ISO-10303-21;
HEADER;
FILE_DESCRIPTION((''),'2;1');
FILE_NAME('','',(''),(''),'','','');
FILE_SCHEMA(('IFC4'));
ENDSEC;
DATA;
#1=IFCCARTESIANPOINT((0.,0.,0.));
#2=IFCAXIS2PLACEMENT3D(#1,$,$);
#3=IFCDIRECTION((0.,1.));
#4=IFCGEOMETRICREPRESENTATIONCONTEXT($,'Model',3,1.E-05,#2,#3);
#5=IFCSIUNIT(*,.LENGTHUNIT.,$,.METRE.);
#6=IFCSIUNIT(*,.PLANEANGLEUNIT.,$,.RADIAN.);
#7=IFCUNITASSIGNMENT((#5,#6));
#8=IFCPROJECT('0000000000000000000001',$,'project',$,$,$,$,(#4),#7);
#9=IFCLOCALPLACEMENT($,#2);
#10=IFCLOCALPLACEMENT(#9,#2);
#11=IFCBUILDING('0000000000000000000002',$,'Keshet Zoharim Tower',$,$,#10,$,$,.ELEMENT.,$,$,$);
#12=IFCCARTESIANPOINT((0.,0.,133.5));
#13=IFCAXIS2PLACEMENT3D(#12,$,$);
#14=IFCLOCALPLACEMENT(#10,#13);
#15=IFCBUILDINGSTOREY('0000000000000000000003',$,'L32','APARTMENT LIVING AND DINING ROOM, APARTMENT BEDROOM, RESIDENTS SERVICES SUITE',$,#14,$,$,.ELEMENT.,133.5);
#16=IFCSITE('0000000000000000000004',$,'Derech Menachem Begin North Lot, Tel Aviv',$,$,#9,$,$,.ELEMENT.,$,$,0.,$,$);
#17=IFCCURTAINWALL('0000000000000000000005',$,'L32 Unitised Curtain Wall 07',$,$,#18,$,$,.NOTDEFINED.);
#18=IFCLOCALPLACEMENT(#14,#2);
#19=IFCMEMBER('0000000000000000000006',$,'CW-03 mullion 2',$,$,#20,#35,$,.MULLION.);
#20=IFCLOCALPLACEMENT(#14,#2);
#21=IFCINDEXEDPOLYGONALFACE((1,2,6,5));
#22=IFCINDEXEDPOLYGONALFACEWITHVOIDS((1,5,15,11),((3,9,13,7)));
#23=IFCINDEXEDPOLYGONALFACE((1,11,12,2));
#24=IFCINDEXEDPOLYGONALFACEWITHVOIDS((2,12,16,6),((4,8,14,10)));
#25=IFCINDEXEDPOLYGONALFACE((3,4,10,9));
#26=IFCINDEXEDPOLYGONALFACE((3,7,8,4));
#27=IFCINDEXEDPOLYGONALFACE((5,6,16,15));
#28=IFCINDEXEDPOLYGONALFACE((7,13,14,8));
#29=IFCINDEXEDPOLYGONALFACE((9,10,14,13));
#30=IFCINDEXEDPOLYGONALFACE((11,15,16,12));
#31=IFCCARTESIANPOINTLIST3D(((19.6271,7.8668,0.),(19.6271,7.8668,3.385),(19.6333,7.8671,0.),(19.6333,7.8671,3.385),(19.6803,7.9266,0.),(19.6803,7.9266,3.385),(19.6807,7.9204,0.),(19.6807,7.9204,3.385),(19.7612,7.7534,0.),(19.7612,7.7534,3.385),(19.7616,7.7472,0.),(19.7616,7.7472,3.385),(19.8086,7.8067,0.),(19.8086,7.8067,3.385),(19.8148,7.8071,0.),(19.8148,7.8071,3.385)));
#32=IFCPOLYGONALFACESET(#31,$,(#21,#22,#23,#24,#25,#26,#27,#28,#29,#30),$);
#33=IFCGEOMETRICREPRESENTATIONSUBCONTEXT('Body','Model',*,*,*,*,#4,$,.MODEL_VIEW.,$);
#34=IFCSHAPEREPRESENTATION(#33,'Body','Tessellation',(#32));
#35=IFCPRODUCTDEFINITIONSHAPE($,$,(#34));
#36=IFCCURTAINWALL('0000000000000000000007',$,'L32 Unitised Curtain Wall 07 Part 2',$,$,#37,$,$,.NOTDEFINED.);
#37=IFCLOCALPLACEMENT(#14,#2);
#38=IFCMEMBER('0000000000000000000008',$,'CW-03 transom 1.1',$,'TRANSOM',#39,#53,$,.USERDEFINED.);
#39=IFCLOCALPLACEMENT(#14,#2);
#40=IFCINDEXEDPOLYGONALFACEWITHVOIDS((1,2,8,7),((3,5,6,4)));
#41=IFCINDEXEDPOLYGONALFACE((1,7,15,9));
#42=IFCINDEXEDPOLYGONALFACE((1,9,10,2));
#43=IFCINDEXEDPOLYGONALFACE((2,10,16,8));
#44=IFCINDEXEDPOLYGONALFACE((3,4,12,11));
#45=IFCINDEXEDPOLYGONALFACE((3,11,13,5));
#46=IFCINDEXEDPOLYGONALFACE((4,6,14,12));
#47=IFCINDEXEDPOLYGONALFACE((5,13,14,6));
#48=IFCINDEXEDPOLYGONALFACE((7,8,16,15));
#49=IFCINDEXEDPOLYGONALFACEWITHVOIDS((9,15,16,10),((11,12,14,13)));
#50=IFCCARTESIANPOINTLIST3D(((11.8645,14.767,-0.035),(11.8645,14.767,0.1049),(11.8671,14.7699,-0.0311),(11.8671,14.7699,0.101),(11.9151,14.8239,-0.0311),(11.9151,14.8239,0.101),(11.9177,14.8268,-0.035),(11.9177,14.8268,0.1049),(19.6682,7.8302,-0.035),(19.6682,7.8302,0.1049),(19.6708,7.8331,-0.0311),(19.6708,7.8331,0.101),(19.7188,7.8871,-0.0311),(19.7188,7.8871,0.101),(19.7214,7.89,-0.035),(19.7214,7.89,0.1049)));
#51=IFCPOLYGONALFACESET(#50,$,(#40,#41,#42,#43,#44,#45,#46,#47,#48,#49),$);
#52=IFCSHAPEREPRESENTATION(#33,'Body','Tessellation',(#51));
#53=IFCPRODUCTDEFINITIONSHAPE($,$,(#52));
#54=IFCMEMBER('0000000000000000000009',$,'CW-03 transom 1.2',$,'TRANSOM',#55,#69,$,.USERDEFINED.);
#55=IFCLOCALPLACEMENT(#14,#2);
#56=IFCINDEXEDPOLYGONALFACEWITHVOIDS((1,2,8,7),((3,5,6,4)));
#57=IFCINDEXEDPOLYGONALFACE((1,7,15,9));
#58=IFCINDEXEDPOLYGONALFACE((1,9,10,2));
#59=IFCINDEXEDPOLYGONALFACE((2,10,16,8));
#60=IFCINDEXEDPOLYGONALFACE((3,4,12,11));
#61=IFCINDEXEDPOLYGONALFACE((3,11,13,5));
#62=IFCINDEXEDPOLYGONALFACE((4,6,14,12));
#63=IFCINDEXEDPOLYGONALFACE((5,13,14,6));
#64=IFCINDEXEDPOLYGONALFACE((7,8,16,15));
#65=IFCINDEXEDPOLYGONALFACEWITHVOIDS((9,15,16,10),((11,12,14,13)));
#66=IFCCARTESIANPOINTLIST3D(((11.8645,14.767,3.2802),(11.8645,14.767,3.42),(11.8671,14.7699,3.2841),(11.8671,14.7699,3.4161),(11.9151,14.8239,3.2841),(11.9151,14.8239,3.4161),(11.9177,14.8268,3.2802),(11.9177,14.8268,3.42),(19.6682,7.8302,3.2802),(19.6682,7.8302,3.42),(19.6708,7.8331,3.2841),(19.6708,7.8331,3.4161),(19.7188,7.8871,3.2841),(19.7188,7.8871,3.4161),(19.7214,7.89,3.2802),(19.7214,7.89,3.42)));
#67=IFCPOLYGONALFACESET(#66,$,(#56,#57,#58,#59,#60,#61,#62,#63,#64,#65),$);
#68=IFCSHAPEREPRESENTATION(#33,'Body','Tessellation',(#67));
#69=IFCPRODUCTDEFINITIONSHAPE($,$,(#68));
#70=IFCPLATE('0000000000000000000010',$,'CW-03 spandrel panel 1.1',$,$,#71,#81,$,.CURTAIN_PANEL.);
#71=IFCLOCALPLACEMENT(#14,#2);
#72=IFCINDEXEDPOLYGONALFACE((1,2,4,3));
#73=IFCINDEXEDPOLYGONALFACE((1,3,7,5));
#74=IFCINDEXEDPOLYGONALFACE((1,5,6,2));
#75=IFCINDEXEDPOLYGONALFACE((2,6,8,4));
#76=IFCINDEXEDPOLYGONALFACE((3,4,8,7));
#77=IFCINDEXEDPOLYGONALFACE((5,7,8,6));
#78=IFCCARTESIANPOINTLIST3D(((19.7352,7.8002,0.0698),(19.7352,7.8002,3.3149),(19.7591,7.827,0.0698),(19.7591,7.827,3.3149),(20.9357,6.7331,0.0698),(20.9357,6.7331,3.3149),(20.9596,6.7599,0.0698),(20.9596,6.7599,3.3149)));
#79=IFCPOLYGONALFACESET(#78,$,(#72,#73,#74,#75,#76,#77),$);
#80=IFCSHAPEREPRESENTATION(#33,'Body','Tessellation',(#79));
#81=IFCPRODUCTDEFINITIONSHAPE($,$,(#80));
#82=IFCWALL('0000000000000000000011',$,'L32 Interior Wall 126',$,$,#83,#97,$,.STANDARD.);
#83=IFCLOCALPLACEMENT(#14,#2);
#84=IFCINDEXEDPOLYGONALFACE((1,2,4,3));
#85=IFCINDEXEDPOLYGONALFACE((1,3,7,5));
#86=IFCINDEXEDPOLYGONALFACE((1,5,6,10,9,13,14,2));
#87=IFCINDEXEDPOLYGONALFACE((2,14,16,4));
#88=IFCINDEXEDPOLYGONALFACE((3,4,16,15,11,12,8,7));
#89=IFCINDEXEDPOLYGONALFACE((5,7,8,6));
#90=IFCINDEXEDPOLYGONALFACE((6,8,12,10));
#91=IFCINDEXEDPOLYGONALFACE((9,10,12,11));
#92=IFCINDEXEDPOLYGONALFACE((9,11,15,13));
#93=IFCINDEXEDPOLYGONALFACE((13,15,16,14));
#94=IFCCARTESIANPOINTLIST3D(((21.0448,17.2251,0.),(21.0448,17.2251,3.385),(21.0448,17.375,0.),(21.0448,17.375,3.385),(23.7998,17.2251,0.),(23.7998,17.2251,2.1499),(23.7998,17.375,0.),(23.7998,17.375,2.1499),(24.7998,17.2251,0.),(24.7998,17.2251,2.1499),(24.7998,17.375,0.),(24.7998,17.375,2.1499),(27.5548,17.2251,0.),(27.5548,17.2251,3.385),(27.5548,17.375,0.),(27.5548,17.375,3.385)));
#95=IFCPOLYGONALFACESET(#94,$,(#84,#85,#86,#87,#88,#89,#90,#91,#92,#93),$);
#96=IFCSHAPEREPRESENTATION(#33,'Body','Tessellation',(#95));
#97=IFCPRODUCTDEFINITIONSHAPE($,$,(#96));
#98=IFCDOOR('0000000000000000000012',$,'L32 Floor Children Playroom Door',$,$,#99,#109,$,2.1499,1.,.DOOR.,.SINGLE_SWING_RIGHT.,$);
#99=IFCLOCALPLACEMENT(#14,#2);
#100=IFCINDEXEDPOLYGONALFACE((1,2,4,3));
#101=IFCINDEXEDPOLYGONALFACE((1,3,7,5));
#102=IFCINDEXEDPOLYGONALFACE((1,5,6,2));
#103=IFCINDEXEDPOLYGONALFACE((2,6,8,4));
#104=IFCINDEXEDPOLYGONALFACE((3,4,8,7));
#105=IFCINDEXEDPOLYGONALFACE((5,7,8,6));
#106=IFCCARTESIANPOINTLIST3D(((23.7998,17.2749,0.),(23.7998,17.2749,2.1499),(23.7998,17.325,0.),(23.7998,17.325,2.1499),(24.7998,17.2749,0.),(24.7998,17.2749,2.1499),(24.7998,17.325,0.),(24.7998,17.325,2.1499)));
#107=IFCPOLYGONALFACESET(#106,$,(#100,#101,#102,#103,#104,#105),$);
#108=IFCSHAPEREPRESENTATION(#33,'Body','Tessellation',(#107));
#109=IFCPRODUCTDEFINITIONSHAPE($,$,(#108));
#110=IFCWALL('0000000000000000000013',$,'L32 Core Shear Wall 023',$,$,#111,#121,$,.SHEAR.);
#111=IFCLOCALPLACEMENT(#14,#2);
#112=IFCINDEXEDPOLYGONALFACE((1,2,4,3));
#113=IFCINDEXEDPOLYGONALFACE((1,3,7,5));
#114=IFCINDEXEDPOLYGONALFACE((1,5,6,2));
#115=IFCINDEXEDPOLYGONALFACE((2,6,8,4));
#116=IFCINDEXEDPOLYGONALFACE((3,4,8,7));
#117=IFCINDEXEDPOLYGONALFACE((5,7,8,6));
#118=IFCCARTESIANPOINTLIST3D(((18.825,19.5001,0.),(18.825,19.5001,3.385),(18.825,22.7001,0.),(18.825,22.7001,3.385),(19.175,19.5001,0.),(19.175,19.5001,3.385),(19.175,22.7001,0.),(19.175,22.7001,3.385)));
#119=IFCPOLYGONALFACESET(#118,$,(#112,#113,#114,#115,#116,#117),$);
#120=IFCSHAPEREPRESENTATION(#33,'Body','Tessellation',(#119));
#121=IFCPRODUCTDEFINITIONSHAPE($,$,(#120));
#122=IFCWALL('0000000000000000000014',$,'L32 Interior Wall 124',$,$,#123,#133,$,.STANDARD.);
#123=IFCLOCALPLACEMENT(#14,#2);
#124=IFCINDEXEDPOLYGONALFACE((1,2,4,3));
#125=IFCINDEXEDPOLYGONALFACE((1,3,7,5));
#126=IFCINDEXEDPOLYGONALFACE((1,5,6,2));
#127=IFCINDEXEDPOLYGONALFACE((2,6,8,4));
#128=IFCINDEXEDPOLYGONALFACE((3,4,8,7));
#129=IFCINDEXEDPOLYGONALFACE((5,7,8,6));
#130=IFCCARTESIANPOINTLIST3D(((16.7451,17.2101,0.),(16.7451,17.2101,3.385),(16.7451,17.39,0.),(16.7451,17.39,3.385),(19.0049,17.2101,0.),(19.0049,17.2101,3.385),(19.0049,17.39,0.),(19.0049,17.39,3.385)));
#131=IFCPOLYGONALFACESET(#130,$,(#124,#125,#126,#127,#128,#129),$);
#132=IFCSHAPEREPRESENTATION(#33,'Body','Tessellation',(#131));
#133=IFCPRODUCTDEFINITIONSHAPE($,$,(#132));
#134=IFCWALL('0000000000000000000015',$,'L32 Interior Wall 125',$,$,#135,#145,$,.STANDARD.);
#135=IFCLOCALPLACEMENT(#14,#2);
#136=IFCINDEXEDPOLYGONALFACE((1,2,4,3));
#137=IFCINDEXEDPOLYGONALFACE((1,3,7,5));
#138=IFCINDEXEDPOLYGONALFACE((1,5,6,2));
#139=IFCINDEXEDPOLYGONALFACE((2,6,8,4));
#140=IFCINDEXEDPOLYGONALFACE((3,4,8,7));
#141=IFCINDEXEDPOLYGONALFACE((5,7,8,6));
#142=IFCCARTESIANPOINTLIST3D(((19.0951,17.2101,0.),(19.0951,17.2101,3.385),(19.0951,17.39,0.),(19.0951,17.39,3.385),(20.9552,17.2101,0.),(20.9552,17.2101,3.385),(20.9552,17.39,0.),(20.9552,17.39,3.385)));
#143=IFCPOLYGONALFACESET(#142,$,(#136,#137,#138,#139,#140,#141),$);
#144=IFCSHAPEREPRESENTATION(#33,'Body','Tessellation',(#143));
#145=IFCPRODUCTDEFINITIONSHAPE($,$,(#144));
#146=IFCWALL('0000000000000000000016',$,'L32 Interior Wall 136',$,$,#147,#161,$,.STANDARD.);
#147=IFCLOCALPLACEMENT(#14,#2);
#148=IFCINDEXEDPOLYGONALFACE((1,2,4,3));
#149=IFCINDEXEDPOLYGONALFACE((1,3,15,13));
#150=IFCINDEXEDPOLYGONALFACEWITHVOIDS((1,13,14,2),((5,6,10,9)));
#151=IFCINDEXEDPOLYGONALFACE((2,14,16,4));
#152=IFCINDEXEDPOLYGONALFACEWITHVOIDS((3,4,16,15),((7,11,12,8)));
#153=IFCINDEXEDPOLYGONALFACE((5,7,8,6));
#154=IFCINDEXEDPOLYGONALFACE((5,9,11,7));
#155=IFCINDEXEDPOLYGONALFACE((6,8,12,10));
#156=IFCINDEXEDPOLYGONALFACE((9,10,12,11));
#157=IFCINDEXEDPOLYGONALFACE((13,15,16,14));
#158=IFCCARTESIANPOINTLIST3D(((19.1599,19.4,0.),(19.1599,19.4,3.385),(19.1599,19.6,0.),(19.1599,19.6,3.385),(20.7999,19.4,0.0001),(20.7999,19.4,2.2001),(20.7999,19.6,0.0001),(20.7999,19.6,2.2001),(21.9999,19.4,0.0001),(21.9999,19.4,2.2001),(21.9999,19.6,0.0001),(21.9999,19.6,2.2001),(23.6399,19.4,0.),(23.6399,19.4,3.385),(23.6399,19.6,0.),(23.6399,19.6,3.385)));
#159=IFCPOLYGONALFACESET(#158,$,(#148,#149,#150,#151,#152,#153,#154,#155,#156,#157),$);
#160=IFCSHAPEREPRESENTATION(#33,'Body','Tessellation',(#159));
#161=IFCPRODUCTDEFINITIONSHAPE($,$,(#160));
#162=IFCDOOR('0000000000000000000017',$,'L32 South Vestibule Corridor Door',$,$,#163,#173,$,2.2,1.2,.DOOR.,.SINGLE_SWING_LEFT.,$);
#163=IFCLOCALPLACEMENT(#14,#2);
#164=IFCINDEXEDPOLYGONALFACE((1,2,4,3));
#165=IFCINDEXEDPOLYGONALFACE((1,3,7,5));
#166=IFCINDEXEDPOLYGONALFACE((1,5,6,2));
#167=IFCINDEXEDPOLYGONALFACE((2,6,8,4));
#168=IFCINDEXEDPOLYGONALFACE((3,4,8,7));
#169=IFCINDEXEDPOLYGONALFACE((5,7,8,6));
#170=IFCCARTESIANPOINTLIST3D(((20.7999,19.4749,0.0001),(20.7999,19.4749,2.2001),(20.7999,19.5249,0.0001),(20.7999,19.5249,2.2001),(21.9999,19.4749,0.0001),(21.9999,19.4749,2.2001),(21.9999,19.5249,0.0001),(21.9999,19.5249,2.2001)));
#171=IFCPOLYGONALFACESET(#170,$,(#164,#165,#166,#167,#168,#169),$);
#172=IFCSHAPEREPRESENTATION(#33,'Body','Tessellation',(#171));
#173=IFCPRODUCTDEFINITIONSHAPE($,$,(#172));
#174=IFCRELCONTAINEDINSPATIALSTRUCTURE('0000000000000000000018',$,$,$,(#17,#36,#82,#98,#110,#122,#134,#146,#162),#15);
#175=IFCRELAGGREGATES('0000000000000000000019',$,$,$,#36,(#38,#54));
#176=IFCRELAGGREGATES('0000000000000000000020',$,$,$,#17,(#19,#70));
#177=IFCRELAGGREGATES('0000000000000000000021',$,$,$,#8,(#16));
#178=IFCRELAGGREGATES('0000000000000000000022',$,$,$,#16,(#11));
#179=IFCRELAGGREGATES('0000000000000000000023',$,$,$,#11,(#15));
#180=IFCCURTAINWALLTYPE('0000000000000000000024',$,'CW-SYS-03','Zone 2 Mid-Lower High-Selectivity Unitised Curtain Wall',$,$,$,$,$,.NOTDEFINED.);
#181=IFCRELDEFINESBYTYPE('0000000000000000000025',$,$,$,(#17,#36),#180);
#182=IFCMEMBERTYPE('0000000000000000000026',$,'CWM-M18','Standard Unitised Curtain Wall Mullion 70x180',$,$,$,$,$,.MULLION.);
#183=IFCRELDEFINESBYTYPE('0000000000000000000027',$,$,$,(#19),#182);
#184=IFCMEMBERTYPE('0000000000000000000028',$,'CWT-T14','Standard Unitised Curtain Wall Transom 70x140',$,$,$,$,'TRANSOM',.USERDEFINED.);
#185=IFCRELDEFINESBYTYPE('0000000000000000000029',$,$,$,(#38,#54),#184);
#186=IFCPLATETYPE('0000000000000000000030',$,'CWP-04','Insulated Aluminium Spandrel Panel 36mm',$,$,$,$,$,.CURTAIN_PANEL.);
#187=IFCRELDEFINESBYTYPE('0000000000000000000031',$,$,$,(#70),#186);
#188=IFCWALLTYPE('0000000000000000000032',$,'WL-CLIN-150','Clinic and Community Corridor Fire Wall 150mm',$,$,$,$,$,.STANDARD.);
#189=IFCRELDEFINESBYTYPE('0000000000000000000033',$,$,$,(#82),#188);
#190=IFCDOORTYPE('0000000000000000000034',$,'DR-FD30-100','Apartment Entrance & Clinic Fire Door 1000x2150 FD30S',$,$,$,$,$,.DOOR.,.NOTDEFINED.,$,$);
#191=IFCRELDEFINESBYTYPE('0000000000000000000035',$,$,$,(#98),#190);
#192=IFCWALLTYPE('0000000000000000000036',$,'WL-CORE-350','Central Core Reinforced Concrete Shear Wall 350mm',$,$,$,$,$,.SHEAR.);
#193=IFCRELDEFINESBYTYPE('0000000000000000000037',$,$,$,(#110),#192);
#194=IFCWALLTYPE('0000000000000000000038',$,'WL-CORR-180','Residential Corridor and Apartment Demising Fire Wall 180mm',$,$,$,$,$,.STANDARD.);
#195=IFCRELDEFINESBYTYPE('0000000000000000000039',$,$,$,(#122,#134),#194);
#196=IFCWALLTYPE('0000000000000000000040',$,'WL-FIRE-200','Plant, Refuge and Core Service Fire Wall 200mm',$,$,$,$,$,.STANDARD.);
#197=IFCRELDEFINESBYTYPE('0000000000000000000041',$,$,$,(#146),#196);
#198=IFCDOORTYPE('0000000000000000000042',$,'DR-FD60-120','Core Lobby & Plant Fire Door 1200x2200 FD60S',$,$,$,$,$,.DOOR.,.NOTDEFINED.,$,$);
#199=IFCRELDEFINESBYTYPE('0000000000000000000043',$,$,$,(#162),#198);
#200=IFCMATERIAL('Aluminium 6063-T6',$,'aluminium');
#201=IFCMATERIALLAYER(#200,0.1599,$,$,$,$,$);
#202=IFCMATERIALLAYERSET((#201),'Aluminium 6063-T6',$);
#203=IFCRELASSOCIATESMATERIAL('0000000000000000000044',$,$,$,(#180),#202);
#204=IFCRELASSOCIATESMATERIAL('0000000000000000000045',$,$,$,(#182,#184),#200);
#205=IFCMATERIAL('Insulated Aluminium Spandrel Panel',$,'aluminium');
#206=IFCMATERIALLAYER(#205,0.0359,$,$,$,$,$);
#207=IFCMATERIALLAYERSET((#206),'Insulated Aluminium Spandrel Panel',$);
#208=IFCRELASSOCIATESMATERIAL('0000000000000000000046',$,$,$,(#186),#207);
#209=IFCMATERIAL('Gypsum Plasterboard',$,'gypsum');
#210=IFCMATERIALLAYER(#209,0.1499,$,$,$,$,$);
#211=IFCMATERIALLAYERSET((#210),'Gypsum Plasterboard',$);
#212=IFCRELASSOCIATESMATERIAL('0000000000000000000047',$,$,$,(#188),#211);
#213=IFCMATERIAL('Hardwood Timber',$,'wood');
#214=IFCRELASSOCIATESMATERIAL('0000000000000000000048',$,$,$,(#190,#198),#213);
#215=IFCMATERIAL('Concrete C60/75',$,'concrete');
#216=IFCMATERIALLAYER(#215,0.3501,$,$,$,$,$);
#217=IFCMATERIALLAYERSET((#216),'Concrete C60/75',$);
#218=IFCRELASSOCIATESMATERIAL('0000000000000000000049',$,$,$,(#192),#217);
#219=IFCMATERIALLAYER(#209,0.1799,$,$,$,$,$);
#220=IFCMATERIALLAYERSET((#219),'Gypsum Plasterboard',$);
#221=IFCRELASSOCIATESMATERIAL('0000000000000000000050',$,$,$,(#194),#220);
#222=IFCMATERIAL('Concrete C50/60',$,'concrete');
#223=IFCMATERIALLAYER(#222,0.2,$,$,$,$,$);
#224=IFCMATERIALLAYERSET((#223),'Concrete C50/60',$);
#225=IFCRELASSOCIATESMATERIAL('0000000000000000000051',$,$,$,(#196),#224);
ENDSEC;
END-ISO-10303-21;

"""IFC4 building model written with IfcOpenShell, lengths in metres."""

from ifc_helpers import new_model, si_unit, direction, frame, frame_2d, origin, origin_2d, place, context, subcontext, project, spatial, rectangle, hollow_rectangle, extrude, material, layer, layer_set, material_profile, profile_set, type_object, element, fill, aggregate, save


model = new_model("IFC4")

# Units and contexts
model_context = context("Model", 3, precision=1e-05, world=origin(), true_north=direction((0.0, 1.0)))
body_context = subcontext(model_context, "Body", "Model", "MODEL_VIEW")
ifc_project = project(units=[si_unit("LENGTHUNIT", "METRE"), si_unit("PLANEANGLEUNIT", "RADIAN")], contexts=[model_context])

# Site, building, storey
site_placement = place(None, origin())
site = spatial("IfcSite", under=ifc_project, at=site_placement, Name="Derech Menachem Begin North Lot, Tel Aviv", CompositionType="ELEMENT", RefElevation=0.0)
building_placement = place(site_placement, origin())
building = spatial("IfcBuilding", under=site, at=building_placement, Name="Keshet Zoharim Tower", CompositionType="ELEMENT")
storey_placement = place(building_placement, frame((0.0, 0.0, 133.5)))
storey = spatial("IfcBuildingStorey", under=building, at=storey_placement, Name="L32", Description="APARTMENT LIVING AND DINING ROOM, APARTMENT BEDROOM, RESIDENTS SERVICES SUITE", CompositionType="ELEMENT", Elevation=133.5)

# Curtain wall, member
ifc_material_1 = material(Name="Aluminium 6063-T6", Category="aluminium")
ifc_layer_1 = layer(ifc_material_1, 0.1599)
ifc_layer_set_1 = layer_set([ifc_layer_1], Name="Aluminium 6063-T6")
curtain_wall_type = type_object("IfcCurtainWallType", Name="CW-SYS-03", Description="Zone 2 Mid-Lower High-Selectivity Unitised Curtain Wall", PredefinedType="NOTDEFINED", material=ifc_layer_set_1)
curtain_wall_1_placement = place(storey_placement, origin())
curtain_wall_1 = element("IfcCurtainWall", 1, at=curtain_wall_1_placement, inside=storey, type_object=curtain_wall_type, Name="L32 Unitised Curtain Wall 07", PredefinedType="NOTDEFINED")
ifc_material_profile_1 = material_profile(ifc_material_1, hollow_rectangle(XDim=0.0801, YDim=0.1799, WallThickness=0.0044, at=origin_2d()), Name="MUL-80x180")
ifc_profile_set_1 = profile_set([ifc_material_profile_1], Name="Aluminium 6063-T6")
member_type_1 = type_object("IfcMemberType", Name="CWM-M18", Description="Standard Unitised Curtain Wall Mullion 70x180", PredefinedType="MULLION", material=ifc_profile_set_1)
member_1_placement = place(storey_placement, frame((19.7209, 7.8369, 0.0), z_axis=(0.0, 0.0, 1.0), x_axis=(-0.664367, -0.747406, 0.0)))
member_1 = element("IfcMember", 2, at=member_1_placement, type_object=member_type_1, Name="CW-03 mullion 2", PredefinedType="MULLION", context=body_context, shape_type="SweptSolid", body=[
    extrude(hollow_rectangle(XDim=0.0801, YDim=0.1799, WallThickness=0.0044, at=origin_2d()), origin(), (0.0, 0.0, 1.0), 3.385),
])

# Curtain wall, members
curtain_wall_2_placement = place(storey_placement, origin())
curtain_wall_2 = element("IfcCurtainWall", 3, at=curtain_wall_2_placement, inside=storey, type_object=curtain_wall_type, Name="L32 Unitised Curtain Wall 07 Part 2", PredefinedType="NOTDEFINED")
ifc_material_profile_2 = material_profile(ifc_material_1, hollow_rectangle(XDim=0.0801, YDim=0.1399, WallThickness=0.0039, at=origin_2d()), Name="TRN-80x140")
ifc_profile_set_2 = profile_set([ifc_material_profile_2], Name="Aluminium 6063-T6")
member_type_2 = type_object("IfcMemberType", Name="CWT-T14", Description="Standard Unitised Curtain Wall Transom 70x140", ElementType="TRANSOM", PredefinedType="USERDEFINED", material=ifc_profile_set_2)
member_2_placement = place(storey_placement, frame((19.6948, 7.8601, 0.0349), z_axis=(-0.747403, 0.664371, 0.0), x_axis=(-0.664371, -0.747403, 0.0)))
member_2 = element("IfcMember", 4, at=member_2_placement, type_object=member_type_2, Name="CW-03 transom 1.1", ObjectType="TRANSOM", PredefinedType="USERDEFINED", context=body_context, shape_type="SweptSolid", body=[
    extrude(hollow_rectangle(XDim=0.0801, YDim=0.1399, WallThickness=0.0039, at=origin_2d()), origin(), (0.0, 0.0, 1.0), 10.4412),
])
member_3_placement = place(storey_placement, frame((19.6948, 7.8601, 3.3501), z_axis=(-0.747403, 0.664371, 0.0), x_axis=(-0.664371, -0.747403, 0.0)))
member_3 = element("IfcMember", 5, at=member_3_placement, type_object=member_type_2, Name="CW-03 transom 1.2", ObjectType="TRANSOM", PredefinedType="USERDEFINED", context=body_context, shape_type="SweptSolid", body=[
    extrude(hollow_rectangle(XDim=0.0801, YDim=0.1399, WallThickness=0.0039, at=origin_2d()), origin(), (0.0, 0.0, 1.0), 10.4412),
])
aggregate(curtain_wall_2, [member_2, member_3])

# Plate
ifc_material_2 = material(Name="Insulated Aluminium Spandrel Panel", Category="aluminium")
ifc_layer_2 = layer(ifc_material_2, 0.0359)
ifc_layer_set_2 = layer_set([ifc_layer_2], Name="Insulated Aluminium Spandrel Panel")
plate_type = type_object("IfcPlateType", Name="CWP-04", Description="Insulated Aluminium Spandrel Panel 36mm", PredefinedType="CURTAIN_PANEL", material=ifc_layer_set_2)
plate_placement = place(storey_placement, frame((20.3474, 7.28, 0.0698), z_axis=(0.0, 0.0, 1.0), x_axis=(-0.747406, 0.664367, 0.0)))
plate = element("IfcPlate", 6, at=plate_placement, type_object=plate_type, Name="CW-03 spandrel panel 1.1", PredefinedType="CURTAIN_PANEL", context=body_context, shape_type="SweptSolid", body=[
    extrude(rectangle(XDim=1.6062, YDim=0.0359, at=origin_2d()), origin(), (0.0, 0.0, 1.0), 3.2451),
])
aggregate(curtain_wall_1, [member_1, plate])

# Wall, opening, door
ifc_material_3 = material(Name="Gypsum Plasterboard", Category="gypsum")
ifc_layer_3 = layer(ifc_material_3, 0.1499)
ifc_layer_set_3 = layer_set([ifc_layer_3], Name="Gypsum Plasterboard")
wall_type_1 = type_object("IfcWallType", Name="WL-CLIN-150", Description="Clinic and Community Corridor Fire Wall 150mm", PredefinedType="STANDARD", material=ifc_layer_set_3)
wall_1_placement = place(storey_placement, frame((21.0449, 17.3, 0.0), z_axis=(0.0, 0.0, 1.0), x_axis=(1.0, 0.0, 0.0)))
wall_1 = element("IfcWall", 7, at=wall_1_placement, inside=storey, type_object=wall_type_1, Name="L32 Interior Wall 126", PredefinedType="STANDARD", context=body_context, shape_type="SweptSolid", body=[
    extrude(rectangle(XDim=6.51, YDim=0.1499, at=frame_2d((3.2549, 0.0))), origin(), (0.0, 0.0, 1.0), 3.385),
])
opening_1_placement = place(wall_1_placement, frame((2.7549, 0.0, 0.0)))
opening_1 = element("IfcOpeningElement", 8, at=opening_1_placement, cuts=wall_1, PredefinedType="OPENING", context=body_context, shape_type="SweptSolid", body=[
    extrude(rectangle(XDim=1.0, YDim=2.1499, at=frame_2d((0.5, 1.075))), frame((0.0, 0.085, 0.0), z_axis=(0.0, -1.0, 0.0), x_axis=(1.0, 0.0, 0.0)), (0.0, 0.0, 1.0), 0.1699),
])
ifc_material_4 = material(Name="Hardwood Timber", Category="wood")
door_type_1 = type_object("IfcDoorType", Name="DR-FD30-100", Description="Apartment Entrance & Clinic Fire Door 1000x2150 FD30S", OperationType="NOTDEFINED", PredefinedType="DOOR", material=ifc_material_4)
door_1_placement = place(opening_1_placement, origin())
door_1 = element("IfcDoor", 9, at=door_1_placement, inside=storey, type_object=door_type_1, Name="L32 Floor Children Playroom Door", OperationType="SINGLE_SWING_RIGHT", OverallHeight=2.1499, OverallWidth=1.0, PredefinedType="DOOR", context=body_context, shape_type="SweptSolid", body=[
    extrude(rectangle(XDim=1.0, YDim=2.1499, at=frame_2d((0.5, 1.075))), frame((0.0, 0.0249, 0.0), z_axis=(0.0, -1.0, 0.0), x_axis=(1.0, 0.0, 0.0)), (0.0, 0.0, 1.0), 0.05),
])
fill(opening_1, door_1)

# Walls
ifc_material_5 = material(Name="Concrete C60/75", Category="concrete")
ifc_layer_4 = layer(ifc_material_5, 0.3501)
ifc_layer_set_4 = layer_set([ifc_layer_4], Name="Concrete C60/75")
wall_type_2 = type_object("IfcWallType", Name="WL-CORE-350", Description="Central Core Reinforced Concrete Shear Wall 350mm", PredefinedType="SHEAR", material=ifc_layer_set_4)
wall_2_placement = place(storey_placement, frame((19.0, 19.5, 0.0), z_axis=(0.0, 0.0, 1.0), x_axis=(0.0, 1.0, 0.0)))
element("IfcWall", 10, at=wall_2_placement, inside=storey, type_object=wall_type_2, Name="L32 Core Shear Wall 023", PredefinedType="SHEAR", context=body_context, shape_type="SweptSolid", body=[
    extrude(rectangle(XDim=3.2, YDim=0.3501, at=frame_2d((1.6001, 0.0))), origin(), (0.0, 0.0, 1.0), 3.385),
])
ifc_layer_5 = layer(ifc_material_3, 0.1799)
ifc_layer_set_5 = layer_set([ifc_layer_5], Name="Gypsum Plasterboard")
wall_type_3 = type_object("IfcWallType", Name="WL-CORR-180", Description="Residential Corridor and Apartment Demising Fire Wall 180mm", PredefinedType="STANDARD", material=ifc_layer_set_5)
wall_3_placement = place(storey_placement, frame((16.7451, 17.3, 0.0), z_axis=(0.0, 0.0, 1.0), x_axis=(1.0, 0.0, 0.0)))
element("IfcWall", 11, at=wall_3_placement, inside=storey, type_object=wall_type_3, Name="L32 Interior Wall 124", PredefinedType="STANDARD", context=body_context, shape_type="SweptSolid", body=[
    extrude(rectangle(XDim=2.2598, YDim=0.1799, at=frame_2d((1.1299, 0.0))), origin(), (0.0, 0.0, 1.0), 3.385),
])
wall_4_placement = place(storey_placement, frame((19.095, 17.3, 0.0), z_axis=(0.0, 0.0, 1.0), x_axis=(1.0, 0.0, 0.0)))
element("IfcWall", 12, at=wall_4_placement, inside=storey, type_object=wall_type_3, Name="L32 Interior Wall 125", PredefinedType="STANDARD", context=body_context, shape_type="SweptSolid", body=[
    extrude(rectangle(XDim=1.8601, YDim=0.1799, at=frame_2d((0.9302, 0.0))), origin(), (0.0, 0.0, 1.0), 3.385),
])

# Wall, opening, door
ifc_material_6 = material(Name="Concrete C50/60", Category="concrete")
ifc_layer_6 = layer(ifc_material_6, 0.2)
ifc_layer_set_6 = layer_set([ifc_layer_6], Name="Concrete C50/60")
wall_type_4 = type_object("IfcWallType", Name="WL-FIRE-200", Description="Plant, Refuge and Core Service Fire Wall 200mm", PredefinedType="STANDARD", material=ifc_layer_set_6)
wall_5_placement = place(storey_placement, frame((19.1599, 19.5, 0.0), z_axis=(0.0, 0.0, 1.0), x_axis=(1.0, 0.0, 0.0)))
wall_5 = element("IfcWall", 13, at=wall_5_placement, inside=storey, type_object=wall_type_4, Name="L32 Interior Wall 136", PredefinedType="STANDARD", context=body_context, shape_type="SweptSolid", body=[
    extrude(rectangle(XDim=4.48, YDim=0.2, at=frame_2d((2.24, 0.0))), origin(), (0.0, 0.0, 1.0), 3.385),
])
opening_2_placement = place(wall_5_placement, frame((1.6399, 0.0, 0.0)))
opening_2 = element("IfcOpeningElement", 14, at=opening_2_placement, cuts=wall_5, PredefinedType="OPENING", context=body_context, shape_type="SweptSolid", body=[
    extrude(rectangle(XDim=1.2, YDim=2.2, at=frame_2d((0.6001, 1.1001))), frame((0.0, 0.1099, 0.0), z_axis=(0.0, -1.0, 0.0), x_axis=(1.0, 0.0, 0.0)), (0.0, 0.0, 1.0), 0.22),
])
door_type_2 = type_object("IfcDoorType", Name="DR-FD60-120", Description="Core Lobby & Plant Fire Door 1200x2200 FD60S", OperationType="NOTDEFINED", PredefinedType="DOOR", material=ifc_material_4)
door_2_placement = place(opening_2_placement, origin())
door_2 = element("IfcDoor", 15, at=door_2_placement, inside=storey, type_object=door_type_2, Name="L32 South Vestibule Corridor Door", OperationType="SINGLE_SWING_LEFT", OverallHeight=2.2, OverallWidth=1.2, PredefinedType="DOOR", context=body_context, shape_type="SweptSolid", body=[
    extrude(rectangle(XDim=1.2, YDim=2.2, at=frame_2d((0.6001, 1.1001))), frame((0.0, 0.0249, 0.0), z_axis=(0.0, -1.0, 0.0), x_axis=(1.0, 0.0, 0.0)), (0.0, 0.0, 1.0), 0.05),
])
fill(opening_2, door_2)

save(model, "model.ifc")
